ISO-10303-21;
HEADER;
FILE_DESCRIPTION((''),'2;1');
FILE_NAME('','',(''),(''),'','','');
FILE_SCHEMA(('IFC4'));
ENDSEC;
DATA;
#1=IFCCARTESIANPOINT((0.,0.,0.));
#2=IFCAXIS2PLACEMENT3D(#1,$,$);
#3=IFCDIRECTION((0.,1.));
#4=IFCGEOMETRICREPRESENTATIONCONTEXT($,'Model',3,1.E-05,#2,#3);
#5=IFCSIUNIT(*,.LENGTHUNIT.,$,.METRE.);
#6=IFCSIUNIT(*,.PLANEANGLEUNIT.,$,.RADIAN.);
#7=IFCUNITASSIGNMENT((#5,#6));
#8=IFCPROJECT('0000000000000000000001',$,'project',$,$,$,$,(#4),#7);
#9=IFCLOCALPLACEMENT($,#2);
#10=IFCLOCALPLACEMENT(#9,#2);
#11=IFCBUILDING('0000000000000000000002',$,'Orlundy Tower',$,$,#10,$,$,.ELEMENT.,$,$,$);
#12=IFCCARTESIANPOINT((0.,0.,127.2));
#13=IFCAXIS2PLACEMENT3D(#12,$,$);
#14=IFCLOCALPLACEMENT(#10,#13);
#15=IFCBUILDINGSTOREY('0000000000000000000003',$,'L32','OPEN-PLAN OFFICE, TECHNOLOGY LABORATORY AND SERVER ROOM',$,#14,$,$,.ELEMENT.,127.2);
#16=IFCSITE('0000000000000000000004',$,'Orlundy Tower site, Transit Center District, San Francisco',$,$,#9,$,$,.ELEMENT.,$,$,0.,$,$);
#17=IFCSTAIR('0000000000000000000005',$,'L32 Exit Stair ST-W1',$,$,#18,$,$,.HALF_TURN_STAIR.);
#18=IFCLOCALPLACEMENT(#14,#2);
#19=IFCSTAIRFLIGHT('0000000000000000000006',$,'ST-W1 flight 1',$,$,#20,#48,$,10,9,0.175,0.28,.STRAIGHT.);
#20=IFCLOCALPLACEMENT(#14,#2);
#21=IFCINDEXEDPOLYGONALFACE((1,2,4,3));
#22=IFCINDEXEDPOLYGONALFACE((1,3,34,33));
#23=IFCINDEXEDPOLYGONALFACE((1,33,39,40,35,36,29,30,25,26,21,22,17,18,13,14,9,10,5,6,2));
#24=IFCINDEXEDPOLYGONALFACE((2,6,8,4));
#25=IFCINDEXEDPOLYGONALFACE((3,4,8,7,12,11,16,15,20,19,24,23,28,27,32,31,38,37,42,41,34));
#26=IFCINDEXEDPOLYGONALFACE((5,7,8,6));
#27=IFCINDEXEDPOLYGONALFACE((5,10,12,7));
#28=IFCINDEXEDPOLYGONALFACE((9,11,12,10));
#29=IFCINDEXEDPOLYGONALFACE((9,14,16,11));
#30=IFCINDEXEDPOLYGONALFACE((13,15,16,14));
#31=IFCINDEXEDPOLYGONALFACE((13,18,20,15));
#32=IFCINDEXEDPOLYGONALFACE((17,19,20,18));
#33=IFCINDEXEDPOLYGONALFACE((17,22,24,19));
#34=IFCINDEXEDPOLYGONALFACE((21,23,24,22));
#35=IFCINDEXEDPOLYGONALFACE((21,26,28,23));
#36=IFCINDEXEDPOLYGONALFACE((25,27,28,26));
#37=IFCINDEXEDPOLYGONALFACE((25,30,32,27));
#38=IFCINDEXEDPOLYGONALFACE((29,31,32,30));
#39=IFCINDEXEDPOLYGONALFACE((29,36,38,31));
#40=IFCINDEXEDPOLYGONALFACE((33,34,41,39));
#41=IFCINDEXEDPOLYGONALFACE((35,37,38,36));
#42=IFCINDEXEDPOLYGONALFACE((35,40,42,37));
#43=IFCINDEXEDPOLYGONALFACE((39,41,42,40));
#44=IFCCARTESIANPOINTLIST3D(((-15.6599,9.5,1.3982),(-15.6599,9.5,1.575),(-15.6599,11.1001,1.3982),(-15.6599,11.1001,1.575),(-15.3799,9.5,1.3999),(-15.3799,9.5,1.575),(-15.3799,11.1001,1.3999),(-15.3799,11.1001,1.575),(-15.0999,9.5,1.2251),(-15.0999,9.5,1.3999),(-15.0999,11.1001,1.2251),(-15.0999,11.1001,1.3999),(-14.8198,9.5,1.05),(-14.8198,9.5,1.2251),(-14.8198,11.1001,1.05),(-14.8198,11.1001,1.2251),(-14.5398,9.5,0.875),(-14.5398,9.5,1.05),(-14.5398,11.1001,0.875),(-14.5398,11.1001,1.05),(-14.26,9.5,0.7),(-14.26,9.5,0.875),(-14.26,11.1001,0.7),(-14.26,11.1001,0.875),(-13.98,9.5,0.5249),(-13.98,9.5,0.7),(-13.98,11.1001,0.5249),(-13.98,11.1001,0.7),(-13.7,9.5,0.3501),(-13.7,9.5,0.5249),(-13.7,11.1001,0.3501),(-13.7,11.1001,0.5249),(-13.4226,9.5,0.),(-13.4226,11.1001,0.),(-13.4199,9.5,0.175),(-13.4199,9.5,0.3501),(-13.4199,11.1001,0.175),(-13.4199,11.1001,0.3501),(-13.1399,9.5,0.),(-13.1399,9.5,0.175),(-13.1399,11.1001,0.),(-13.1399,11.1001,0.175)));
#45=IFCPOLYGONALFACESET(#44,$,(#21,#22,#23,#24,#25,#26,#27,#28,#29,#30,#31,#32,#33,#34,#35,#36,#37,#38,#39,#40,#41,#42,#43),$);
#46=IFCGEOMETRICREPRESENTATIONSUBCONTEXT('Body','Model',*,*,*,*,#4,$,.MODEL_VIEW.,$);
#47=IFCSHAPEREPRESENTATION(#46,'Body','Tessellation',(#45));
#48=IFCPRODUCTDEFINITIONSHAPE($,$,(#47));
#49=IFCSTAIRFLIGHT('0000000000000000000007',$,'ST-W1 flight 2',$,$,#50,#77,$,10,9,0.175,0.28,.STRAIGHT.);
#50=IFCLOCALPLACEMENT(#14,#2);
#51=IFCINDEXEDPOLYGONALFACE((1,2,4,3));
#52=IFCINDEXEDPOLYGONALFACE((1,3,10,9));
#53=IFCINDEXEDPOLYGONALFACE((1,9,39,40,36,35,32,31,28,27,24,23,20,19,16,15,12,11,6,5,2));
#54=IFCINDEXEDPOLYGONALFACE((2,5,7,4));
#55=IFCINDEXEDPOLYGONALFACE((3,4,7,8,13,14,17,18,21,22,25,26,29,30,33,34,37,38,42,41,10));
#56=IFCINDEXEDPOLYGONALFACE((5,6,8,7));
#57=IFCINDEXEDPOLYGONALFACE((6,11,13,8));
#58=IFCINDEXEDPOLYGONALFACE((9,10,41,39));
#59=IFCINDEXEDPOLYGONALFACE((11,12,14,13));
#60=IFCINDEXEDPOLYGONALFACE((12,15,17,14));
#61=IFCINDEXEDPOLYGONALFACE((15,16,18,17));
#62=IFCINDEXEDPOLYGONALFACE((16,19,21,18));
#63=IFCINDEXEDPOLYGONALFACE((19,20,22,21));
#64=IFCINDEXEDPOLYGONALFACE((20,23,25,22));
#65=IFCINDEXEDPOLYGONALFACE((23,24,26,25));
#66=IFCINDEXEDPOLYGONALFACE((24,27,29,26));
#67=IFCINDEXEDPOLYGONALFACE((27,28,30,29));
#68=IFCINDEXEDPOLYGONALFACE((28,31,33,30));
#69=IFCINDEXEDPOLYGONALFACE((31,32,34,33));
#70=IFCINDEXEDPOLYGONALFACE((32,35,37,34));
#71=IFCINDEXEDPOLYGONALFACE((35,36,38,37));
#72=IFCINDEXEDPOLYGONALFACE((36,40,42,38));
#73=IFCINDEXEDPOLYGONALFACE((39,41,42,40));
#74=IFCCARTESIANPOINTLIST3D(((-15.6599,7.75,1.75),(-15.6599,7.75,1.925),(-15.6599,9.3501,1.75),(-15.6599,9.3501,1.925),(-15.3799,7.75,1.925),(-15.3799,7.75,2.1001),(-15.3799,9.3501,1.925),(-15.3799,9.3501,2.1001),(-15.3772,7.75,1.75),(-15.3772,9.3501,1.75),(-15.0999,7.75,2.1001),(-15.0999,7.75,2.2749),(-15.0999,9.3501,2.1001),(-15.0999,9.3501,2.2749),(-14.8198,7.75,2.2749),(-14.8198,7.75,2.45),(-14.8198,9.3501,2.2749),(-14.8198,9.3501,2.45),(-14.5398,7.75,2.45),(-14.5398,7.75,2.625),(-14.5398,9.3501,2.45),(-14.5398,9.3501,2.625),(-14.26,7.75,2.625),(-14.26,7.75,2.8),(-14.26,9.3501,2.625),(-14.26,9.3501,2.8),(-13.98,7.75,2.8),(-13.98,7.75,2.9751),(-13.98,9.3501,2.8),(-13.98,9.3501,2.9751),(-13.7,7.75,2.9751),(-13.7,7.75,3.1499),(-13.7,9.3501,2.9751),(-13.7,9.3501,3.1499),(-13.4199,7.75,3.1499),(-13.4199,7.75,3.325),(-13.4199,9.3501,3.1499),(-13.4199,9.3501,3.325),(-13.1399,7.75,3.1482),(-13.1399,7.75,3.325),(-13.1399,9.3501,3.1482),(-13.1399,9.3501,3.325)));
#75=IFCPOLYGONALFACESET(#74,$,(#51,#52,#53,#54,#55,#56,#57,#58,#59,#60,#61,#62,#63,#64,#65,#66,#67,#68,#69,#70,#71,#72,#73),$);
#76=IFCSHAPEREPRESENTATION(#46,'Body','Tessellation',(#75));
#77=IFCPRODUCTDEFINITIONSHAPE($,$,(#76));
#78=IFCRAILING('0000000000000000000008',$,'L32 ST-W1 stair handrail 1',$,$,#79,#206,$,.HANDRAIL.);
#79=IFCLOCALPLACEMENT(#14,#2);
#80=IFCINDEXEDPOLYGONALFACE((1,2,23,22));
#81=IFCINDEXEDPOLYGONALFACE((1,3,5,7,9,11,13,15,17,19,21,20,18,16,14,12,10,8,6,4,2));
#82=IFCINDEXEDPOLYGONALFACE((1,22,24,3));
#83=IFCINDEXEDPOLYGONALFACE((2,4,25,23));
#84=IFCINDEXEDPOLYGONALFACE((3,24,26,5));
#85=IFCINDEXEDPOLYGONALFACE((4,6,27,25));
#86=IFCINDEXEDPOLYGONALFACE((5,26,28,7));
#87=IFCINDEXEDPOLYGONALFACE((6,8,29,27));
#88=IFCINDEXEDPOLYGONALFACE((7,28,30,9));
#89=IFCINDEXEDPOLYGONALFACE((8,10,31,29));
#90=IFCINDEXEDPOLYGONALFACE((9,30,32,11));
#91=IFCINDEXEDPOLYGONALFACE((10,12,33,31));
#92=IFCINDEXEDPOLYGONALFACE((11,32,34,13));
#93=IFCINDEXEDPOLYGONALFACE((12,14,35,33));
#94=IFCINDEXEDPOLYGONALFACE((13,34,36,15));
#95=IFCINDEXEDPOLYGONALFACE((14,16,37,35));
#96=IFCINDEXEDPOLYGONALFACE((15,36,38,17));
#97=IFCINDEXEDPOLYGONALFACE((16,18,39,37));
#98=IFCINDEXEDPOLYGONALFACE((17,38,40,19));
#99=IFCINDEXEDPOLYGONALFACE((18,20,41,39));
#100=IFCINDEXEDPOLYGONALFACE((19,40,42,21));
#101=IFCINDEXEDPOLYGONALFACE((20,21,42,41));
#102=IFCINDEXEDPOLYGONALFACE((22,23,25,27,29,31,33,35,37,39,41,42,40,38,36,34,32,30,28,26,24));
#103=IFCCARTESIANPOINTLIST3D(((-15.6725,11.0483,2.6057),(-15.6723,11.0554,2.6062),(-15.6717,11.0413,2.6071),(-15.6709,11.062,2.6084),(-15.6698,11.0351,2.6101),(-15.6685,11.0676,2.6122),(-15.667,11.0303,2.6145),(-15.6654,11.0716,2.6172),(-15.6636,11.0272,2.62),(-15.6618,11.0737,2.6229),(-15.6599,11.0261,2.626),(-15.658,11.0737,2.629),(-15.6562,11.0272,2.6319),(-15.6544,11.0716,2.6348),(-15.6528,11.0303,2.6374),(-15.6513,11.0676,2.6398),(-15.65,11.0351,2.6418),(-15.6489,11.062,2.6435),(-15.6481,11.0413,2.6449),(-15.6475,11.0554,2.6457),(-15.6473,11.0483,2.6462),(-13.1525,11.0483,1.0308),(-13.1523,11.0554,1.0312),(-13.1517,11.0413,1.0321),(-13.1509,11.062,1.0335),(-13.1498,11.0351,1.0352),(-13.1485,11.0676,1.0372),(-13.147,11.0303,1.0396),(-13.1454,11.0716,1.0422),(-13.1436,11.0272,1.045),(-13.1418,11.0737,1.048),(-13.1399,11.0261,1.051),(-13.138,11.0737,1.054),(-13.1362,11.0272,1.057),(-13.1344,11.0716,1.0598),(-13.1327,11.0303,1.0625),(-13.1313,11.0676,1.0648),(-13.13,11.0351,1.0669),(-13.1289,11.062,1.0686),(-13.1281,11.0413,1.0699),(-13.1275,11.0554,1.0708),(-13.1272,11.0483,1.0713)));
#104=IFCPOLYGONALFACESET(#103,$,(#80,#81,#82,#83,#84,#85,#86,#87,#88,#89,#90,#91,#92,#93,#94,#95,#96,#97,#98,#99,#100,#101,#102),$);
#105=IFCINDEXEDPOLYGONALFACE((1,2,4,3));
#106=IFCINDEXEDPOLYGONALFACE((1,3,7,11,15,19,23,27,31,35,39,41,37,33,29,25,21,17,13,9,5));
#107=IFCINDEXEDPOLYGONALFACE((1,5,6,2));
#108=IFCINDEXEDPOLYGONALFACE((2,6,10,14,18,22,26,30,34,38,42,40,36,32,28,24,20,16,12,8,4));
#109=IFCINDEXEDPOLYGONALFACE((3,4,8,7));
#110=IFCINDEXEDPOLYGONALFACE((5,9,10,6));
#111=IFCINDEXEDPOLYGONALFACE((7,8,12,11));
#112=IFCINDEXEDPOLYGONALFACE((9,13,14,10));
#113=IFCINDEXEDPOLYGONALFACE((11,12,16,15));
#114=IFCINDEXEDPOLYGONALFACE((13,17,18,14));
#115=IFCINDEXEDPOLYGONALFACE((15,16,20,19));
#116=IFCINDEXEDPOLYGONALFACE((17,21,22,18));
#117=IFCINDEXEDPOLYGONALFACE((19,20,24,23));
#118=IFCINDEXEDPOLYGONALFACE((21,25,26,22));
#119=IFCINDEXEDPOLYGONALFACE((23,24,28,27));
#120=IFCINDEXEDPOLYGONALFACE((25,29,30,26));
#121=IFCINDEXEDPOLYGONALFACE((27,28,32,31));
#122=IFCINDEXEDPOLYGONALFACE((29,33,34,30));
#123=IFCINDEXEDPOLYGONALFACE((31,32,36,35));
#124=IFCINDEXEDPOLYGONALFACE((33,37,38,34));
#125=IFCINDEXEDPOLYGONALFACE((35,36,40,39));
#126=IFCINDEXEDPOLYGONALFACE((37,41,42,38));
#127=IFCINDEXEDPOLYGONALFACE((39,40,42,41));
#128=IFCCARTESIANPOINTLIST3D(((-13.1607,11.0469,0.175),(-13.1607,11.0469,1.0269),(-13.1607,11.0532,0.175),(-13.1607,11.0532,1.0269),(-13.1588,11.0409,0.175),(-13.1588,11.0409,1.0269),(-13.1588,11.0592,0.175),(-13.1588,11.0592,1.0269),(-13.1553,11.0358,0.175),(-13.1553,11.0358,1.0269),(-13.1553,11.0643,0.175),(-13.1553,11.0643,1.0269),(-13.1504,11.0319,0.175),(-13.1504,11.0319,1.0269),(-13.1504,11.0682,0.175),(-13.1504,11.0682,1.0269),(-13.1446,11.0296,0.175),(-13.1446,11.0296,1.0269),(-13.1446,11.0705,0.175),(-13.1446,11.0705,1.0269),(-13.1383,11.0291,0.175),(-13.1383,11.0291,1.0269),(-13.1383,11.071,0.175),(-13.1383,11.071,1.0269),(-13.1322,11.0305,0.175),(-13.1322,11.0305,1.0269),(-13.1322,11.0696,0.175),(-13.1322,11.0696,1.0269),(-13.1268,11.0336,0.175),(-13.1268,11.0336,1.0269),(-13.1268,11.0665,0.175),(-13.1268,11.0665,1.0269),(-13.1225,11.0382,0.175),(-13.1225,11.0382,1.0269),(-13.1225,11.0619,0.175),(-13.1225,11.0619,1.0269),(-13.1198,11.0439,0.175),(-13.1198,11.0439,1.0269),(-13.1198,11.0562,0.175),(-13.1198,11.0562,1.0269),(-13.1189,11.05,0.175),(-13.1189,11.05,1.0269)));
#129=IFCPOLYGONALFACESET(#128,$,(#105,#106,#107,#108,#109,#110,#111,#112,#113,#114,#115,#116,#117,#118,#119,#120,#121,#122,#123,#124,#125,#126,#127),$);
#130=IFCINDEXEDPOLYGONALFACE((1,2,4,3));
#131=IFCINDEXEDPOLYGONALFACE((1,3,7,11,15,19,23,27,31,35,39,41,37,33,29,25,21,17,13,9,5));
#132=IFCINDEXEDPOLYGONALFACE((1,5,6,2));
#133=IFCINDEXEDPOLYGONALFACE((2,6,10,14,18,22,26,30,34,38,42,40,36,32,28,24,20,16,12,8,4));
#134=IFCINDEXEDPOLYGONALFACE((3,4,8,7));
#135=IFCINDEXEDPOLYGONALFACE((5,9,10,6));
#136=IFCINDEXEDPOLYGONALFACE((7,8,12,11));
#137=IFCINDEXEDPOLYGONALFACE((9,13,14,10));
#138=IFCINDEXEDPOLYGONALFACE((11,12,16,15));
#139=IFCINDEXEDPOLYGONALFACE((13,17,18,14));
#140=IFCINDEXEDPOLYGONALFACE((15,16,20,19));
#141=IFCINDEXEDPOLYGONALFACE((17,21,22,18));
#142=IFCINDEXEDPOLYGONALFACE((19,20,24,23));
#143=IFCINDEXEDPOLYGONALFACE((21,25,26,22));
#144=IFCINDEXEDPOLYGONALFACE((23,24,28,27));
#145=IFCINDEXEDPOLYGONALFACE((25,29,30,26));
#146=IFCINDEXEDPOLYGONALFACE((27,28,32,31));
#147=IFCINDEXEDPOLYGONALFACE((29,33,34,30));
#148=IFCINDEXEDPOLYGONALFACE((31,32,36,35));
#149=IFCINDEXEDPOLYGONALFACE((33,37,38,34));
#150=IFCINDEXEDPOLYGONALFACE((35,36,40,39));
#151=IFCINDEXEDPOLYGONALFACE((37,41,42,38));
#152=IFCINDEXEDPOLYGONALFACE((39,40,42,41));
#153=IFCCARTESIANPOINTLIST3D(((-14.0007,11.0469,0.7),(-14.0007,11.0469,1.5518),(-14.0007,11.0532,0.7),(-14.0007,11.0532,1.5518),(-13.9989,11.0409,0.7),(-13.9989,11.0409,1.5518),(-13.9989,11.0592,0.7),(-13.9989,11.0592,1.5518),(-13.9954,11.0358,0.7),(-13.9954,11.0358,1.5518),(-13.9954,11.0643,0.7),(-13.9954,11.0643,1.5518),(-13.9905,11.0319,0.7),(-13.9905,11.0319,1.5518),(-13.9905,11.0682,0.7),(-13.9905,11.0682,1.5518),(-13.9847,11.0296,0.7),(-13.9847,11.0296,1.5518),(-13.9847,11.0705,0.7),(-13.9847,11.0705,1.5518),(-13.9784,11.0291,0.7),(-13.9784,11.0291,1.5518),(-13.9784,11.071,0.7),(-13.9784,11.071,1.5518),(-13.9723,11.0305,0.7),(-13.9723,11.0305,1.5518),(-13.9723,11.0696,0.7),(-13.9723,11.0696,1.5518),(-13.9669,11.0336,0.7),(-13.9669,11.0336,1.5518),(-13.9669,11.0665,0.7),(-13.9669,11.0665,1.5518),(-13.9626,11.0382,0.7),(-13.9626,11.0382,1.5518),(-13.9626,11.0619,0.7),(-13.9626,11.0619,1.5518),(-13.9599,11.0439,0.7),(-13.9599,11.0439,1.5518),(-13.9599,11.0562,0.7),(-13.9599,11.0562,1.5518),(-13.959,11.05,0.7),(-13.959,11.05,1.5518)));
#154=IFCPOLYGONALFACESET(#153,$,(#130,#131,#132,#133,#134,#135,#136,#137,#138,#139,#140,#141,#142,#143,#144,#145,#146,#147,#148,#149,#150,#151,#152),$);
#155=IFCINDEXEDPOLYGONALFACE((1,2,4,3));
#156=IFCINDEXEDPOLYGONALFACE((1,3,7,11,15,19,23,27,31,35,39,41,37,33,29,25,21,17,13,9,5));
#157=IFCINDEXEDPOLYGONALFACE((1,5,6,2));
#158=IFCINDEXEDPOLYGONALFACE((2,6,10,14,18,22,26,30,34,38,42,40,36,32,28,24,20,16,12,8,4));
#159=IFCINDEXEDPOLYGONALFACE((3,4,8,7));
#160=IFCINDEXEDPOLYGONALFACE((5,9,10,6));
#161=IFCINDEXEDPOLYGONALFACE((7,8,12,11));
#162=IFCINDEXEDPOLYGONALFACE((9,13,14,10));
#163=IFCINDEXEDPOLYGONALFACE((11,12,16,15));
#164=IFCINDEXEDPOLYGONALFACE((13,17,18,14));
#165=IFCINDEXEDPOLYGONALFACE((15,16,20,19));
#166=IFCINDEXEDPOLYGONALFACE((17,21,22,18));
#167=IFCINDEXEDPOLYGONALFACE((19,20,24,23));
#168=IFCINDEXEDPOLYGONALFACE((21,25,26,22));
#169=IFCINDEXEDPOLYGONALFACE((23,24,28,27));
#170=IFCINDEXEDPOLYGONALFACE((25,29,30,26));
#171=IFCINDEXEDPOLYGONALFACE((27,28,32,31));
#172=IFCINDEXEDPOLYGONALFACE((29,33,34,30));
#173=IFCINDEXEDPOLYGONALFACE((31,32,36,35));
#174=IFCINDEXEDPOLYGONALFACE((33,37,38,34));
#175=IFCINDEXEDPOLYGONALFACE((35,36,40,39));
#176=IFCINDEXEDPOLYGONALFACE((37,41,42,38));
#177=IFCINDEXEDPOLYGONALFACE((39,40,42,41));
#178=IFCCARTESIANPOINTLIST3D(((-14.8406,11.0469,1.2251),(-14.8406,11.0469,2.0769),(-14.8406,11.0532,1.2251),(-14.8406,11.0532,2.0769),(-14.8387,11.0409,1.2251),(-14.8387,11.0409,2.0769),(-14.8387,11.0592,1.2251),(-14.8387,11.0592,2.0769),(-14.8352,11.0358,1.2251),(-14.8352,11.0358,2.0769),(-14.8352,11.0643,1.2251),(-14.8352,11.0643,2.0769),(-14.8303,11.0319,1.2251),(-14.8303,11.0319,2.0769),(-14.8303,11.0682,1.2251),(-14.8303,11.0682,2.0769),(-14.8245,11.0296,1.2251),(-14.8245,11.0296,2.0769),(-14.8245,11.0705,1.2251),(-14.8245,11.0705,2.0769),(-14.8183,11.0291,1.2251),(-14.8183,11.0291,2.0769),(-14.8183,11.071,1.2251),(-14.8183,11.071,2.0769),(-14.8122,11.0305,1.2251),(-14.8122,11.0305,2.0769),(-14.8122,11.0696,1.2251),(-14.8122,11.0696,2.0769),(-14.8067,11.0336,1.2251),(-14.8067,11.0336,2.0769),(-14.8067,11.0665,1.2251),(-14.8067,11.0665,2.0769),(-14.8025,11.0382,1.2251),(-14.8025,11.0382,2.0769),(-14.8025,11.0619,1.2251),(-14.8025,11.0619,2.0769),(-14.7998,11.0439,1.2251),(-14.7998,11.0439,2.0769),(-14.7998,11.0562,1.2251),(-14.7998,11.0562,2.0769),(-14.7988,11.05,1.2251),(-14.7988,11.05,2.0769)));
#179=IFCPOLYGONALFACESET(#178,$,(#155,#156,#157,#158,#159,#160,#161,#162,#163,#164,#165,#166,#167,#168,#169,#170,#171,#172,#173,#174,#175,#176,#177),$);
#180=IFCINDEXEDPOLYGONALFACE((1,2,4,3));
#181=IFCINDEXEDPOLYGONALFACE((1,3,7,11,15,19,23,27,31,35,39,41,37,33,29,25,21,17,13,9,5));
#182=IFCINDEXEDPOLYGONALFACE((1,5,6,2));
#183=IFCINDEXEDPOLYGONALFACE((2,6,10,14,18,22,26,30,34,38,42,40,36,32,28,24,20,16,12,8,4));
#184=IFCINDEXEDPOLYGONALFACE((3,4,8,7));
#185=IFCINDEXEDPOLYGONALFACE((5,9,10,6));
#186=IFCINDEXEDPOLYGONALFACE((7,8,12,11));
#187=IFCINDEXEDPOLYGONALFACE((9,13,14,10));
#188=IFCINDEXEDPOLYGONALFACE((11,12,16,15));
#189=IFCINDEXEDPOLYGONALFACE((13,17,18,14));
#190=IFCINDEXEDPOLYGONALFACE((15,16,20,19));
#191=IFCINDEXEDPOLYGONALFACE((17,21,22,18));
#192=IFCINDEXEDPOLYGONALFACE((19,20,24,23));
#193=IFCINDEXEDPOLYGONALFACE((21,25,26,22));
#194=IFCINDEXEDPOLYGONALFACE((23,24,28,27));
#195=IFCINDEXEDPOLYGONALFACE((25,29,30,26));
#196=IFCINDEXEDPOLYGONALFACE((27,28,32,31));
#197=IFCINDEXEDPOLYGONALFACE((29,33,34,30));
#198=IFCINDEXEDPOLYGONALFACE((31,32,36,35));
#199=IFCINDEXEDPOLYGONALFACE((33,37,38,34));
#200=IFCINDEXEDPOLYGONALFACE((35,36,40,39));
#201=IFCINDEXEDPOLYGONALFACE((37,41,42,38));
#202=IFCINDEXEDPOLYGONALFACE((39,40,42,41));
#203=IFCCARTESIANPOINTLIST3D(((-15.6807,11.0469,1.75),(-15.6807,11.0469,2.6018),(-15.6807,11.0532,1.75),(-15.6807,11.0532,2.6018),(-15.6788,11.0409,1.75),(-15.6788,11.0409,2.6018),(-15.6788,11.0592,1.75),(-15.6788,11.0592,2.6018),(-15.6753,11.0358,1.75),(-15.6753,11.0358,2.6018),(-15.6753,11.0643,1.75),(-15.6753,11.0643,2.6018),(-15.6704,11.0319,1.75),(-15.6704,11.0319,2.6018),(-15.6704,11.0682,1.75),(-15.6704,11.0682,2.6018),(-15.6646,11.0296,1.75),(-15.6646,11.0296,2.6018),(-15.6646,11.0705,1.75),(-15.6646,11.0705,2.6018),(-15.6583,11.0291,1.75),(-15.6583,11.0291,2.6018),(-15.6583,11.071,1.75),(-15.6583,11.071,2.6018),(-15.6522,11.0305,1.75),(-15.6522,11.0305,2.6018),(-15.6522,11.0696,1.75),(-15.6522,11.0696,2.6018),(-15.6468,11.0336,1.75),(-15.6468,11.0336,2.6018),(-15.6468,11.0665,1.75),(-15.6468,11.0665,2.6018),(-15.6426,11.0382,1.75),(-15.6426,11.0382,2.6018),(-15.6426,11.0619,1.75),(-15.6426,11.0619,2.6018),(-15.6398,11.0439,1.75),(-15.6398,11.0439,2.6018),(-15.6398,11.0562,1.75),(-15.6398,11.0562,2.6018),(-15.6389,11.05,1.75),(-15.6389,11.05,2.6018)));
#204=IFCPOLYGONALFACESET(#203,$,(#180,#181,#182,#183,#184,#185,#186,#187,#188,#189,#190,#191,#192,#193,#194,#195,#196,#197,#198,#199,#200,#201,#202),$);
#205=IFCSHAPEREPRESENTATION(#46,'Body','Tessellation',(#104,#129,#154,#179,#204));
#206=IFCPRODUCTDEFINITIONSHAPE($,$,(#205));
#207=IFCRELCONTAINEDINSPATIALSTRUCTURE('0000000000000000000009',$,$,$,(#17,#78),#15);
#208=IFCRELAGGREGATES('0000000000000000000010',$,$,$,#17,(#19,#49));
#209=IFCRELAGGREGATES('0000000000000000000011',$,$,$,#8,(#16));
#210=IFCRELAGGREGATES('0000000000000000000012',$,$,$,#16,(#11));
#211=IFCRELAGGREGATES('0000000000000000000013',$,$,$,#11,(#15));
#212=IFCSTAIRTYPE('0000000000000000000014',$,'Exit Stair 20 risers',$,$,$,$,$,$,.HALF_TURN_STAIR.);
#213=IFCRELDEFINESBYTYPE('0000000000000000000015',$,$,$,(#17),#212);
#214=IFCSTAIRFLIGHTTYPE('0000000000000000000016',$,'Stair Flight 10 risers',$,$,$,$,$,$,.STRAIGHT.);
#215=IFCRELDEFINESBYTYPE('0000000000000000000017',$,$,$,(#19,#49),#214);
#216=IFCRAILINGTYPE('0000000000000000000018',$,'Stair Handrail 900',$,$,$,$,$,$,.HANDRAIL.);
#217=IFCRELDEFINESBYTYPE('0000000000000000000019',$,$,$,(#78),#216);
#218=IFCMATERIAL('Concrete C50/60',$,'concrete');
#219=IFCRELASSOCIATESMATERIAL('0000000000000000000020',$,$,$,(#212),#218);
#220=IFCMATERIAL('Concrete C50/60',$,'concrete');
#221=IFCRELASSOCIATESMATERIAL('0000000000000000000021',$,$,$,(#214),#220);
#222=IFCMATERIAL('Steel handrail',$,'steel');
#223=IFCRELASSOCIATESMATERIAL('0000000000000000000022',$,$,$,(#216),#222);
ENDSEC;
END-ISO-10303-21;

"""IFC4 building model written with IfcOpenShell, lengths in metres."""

from ifc_helpers import new_model, si_unit, direction, frame, origin, origin_2d, place, context, subcontext, project, spatial, polyline, circle, outline, extrude, material, type_object, element, aggregate, save


model = new_model("IFC4")

# Units and contexts
model_context = context("Model", 3, precision=1e-05, world=origin(), true_north=direction((0.0, 1.0)))
body_context = subcontext(model_context, "Body", "Model", "MODEL_VIEW")
ifc_project = project(units=[si_unit("LENGTHUNIT", "METRE"), si_unit("PLANEANGLEUNIT", "RADIAN")], contexts=[model_context])

# Site, building, storey
site_placement = place(None, origin())
site = spatial("IfcSite", under=ifc_project, at=site_placement, Name="Orlundy Tower site, Transit Center District, San Francisco", CompositionType="ELEMENT", RefElevation=0.0)
building_placement = place(site_placement, origin())
building = spatial("IfcBuilding", under=site, at=building_placement, Name="Orlundy Tower", CompositionType="ELEMENT")
storey_placement = place(building_placement, frame((0.0, 0.0, 127.2)))
storey = spatial("IfcBuildingStorey", under=building, at=storey_placement, Name="L32", Description="OPEN-PLAN OFFICE, TECHNOLOGY LABORATORY AND SERVER ROOM", CompositionType="ELEMENT", Elevation=127.2)

# Stair, stair flights
ifc_material_1 = material(Name="Concrete C50/60", Category="concrete")
stair_type = type_object("IfcStairType", Name="Exit Stair 20 risers", PredefinedType="HALF_TURN_STAIR", material=ifc_material_1)
stair_placement = place(storey_placement, origin())
stair = element("IfcStair", 1, at=stair_placement, inside=storey, type_object=stair_type, Name="L32 Exit Stair ST-W1", PredefinedType="HALF_TURN_STAIR")
ifc_material_2 = material(Name="Concrete C50/60", Category="concrete")
stair_flight_type = type_object("IfcStairFlightType", Name="Stair Flight 10 risers", PredefinedType="STRAIGHT", material=ifc_material_2)
stair_flight_1_placement = place(storey_placement, frame((-13.1399, 10.3, 0.0), z_axis=(0.0, 0.0, 1.0), x_axis=(-1.0, 0.0, 0.0)))
stair_flight_1 = element("IfcStairFlight", 2, at=stair_flight_1_placement, type_object=stair_flight_type, Name="ST-W1 flight 1", NumberOfRisers=10, NumberOfTreads=9, PredefinedType="STRAIGHT", RiserHeight=0.175, TreadLength=0.28, context=body_context, shape_type="SweptSolid", body=[
    extrude(outline(polyline([(0.0, 0.0), (0.0, 0.175), (0.28, 0.175), (0.28, 0.3501), (0.5601, 0.3501), (0.5601, 0.5249), (0.8401, 0.5249), (0.8401, 0.7), (1.1201, 0.7), (1.1201, 0.875), (1.3999, 0.875), (1.3999, 1.05), (1.6799, 1.05), (1.6799, 1.2251), (1.96, 1.2251), (1.96, 1.3999), (2.24, 1.3999), (2.24, 1.575), (2.52, 1.575), (2.52, 1.75), (2.52, 1.3982), (0.2827, 0.0), (0.0, 0.0)])), frame((0.0, 0.8, 0.0), z_axis=(0.0, -1.0, 0.0), x_axis=(1.0, 0.0, 0.0)), (0.0, 0.0, 1.0), 1.6001),
])
stair_flight_2_placement = place(storey_placement, frame((-15.6599, 8.55, 1.75), z_axis=(0.0, 0.0, 1.0), x_axis=(1.0, 0.0, 0.0)))
stair_flight_2 = element("IfcStairFlight", 3, at=stair_flight_2_placement, type_object=stair_flight_type, Name="ST-W1 flight 2", NumberOfRisers=10, NumberOfTreads=9, PredefinedType="STRAIGHT", RiserHeight=0.175, TreadLength=0.28, context=body_context, shape_type="SweptSolid", body=[
    extrude(outline(polyline([(0.0, 0.0), (0.0, 0.175), (0.28, 0.175), (0.28, 0.3501), (0.5601, 0.3501), (0.5601, 0.5249), (0.8401, 0.5249), (0.8401, 0.7), (1.1201, 0.7), (1.1201, 0.875), (1.3999, 0.875), (1.3999, 1.05), (1.6799, 1.05), (1.6799, 1.2251), (1.96, 1.2251), (1.96, 1.3999), (2.24, 1.3999), (2.24, 1.575), (2.52, 1.575), (2.52, 1.75), (2.52, 1.3982), (0.2827, 0.0), (0.0, 0.0)])), frame((0.0, 0.8, 0.0), z_axis=(0.0, -1.0, 0.0), x_axis=(1.0, 0.0, 0.0)), (0.0, 0.0, 1.0), 1.6001),
])
aggregate(stair, [stair_flight_1, stair_flight_2])

# Railing
ifc_material_3 = material(Name="Steel handrail", Category="steel")
railing_type_1 = type_object("IfcRailingType", Name="Stair Handrail 900", PredefinedType="HANDRAIL", material=ifc_material_3)
railing_1_placement = place(storey_placement, frame((-13.1399, 11.05, 0.175)))
element("IfcRailing", 4, at=railing_1_placement, inside=storey, type_object=railing_type_1, Name="L32 ST-W1 stair handrail 1", PredefinedType="HANDRAIL", context=body_context, shape_type="SweptSolid", body=[
    extrude(circle(Radius=0.0239, at=origin_2d()), frame((0.0, 0.0, 0.876), z_axis=(-0.848008, 0.0, 0.529984), x_axis=(0.0, -1.0, 0.0)), (0.0, 0.0, 1.0), 2.9717),
    extrude(circle(Radius=0.021, at=origin_2d()), origin(), (0.0, 0.0, 1.0), 0.8518),
    extrude(circle(Radius=0.021, at=origin_2d()), frame((-0.8401, 0.0, 0.5249)), (0.0, 0.0, 1.0), 0.8518),
    extrude(circle(Radius=0.021, at=origin_2d()), frame((-1.6799, 0.0, 1.05)), (0.0, 0.0, 1.0), 0.8518),
    extrude(circle(Radius=0.021, at=origin_2d()), frame((-2.52, 0.0, 1.575)), (0.0, 0.0, 1.0), 0.8518),
])

save(model, "model.ifc")
